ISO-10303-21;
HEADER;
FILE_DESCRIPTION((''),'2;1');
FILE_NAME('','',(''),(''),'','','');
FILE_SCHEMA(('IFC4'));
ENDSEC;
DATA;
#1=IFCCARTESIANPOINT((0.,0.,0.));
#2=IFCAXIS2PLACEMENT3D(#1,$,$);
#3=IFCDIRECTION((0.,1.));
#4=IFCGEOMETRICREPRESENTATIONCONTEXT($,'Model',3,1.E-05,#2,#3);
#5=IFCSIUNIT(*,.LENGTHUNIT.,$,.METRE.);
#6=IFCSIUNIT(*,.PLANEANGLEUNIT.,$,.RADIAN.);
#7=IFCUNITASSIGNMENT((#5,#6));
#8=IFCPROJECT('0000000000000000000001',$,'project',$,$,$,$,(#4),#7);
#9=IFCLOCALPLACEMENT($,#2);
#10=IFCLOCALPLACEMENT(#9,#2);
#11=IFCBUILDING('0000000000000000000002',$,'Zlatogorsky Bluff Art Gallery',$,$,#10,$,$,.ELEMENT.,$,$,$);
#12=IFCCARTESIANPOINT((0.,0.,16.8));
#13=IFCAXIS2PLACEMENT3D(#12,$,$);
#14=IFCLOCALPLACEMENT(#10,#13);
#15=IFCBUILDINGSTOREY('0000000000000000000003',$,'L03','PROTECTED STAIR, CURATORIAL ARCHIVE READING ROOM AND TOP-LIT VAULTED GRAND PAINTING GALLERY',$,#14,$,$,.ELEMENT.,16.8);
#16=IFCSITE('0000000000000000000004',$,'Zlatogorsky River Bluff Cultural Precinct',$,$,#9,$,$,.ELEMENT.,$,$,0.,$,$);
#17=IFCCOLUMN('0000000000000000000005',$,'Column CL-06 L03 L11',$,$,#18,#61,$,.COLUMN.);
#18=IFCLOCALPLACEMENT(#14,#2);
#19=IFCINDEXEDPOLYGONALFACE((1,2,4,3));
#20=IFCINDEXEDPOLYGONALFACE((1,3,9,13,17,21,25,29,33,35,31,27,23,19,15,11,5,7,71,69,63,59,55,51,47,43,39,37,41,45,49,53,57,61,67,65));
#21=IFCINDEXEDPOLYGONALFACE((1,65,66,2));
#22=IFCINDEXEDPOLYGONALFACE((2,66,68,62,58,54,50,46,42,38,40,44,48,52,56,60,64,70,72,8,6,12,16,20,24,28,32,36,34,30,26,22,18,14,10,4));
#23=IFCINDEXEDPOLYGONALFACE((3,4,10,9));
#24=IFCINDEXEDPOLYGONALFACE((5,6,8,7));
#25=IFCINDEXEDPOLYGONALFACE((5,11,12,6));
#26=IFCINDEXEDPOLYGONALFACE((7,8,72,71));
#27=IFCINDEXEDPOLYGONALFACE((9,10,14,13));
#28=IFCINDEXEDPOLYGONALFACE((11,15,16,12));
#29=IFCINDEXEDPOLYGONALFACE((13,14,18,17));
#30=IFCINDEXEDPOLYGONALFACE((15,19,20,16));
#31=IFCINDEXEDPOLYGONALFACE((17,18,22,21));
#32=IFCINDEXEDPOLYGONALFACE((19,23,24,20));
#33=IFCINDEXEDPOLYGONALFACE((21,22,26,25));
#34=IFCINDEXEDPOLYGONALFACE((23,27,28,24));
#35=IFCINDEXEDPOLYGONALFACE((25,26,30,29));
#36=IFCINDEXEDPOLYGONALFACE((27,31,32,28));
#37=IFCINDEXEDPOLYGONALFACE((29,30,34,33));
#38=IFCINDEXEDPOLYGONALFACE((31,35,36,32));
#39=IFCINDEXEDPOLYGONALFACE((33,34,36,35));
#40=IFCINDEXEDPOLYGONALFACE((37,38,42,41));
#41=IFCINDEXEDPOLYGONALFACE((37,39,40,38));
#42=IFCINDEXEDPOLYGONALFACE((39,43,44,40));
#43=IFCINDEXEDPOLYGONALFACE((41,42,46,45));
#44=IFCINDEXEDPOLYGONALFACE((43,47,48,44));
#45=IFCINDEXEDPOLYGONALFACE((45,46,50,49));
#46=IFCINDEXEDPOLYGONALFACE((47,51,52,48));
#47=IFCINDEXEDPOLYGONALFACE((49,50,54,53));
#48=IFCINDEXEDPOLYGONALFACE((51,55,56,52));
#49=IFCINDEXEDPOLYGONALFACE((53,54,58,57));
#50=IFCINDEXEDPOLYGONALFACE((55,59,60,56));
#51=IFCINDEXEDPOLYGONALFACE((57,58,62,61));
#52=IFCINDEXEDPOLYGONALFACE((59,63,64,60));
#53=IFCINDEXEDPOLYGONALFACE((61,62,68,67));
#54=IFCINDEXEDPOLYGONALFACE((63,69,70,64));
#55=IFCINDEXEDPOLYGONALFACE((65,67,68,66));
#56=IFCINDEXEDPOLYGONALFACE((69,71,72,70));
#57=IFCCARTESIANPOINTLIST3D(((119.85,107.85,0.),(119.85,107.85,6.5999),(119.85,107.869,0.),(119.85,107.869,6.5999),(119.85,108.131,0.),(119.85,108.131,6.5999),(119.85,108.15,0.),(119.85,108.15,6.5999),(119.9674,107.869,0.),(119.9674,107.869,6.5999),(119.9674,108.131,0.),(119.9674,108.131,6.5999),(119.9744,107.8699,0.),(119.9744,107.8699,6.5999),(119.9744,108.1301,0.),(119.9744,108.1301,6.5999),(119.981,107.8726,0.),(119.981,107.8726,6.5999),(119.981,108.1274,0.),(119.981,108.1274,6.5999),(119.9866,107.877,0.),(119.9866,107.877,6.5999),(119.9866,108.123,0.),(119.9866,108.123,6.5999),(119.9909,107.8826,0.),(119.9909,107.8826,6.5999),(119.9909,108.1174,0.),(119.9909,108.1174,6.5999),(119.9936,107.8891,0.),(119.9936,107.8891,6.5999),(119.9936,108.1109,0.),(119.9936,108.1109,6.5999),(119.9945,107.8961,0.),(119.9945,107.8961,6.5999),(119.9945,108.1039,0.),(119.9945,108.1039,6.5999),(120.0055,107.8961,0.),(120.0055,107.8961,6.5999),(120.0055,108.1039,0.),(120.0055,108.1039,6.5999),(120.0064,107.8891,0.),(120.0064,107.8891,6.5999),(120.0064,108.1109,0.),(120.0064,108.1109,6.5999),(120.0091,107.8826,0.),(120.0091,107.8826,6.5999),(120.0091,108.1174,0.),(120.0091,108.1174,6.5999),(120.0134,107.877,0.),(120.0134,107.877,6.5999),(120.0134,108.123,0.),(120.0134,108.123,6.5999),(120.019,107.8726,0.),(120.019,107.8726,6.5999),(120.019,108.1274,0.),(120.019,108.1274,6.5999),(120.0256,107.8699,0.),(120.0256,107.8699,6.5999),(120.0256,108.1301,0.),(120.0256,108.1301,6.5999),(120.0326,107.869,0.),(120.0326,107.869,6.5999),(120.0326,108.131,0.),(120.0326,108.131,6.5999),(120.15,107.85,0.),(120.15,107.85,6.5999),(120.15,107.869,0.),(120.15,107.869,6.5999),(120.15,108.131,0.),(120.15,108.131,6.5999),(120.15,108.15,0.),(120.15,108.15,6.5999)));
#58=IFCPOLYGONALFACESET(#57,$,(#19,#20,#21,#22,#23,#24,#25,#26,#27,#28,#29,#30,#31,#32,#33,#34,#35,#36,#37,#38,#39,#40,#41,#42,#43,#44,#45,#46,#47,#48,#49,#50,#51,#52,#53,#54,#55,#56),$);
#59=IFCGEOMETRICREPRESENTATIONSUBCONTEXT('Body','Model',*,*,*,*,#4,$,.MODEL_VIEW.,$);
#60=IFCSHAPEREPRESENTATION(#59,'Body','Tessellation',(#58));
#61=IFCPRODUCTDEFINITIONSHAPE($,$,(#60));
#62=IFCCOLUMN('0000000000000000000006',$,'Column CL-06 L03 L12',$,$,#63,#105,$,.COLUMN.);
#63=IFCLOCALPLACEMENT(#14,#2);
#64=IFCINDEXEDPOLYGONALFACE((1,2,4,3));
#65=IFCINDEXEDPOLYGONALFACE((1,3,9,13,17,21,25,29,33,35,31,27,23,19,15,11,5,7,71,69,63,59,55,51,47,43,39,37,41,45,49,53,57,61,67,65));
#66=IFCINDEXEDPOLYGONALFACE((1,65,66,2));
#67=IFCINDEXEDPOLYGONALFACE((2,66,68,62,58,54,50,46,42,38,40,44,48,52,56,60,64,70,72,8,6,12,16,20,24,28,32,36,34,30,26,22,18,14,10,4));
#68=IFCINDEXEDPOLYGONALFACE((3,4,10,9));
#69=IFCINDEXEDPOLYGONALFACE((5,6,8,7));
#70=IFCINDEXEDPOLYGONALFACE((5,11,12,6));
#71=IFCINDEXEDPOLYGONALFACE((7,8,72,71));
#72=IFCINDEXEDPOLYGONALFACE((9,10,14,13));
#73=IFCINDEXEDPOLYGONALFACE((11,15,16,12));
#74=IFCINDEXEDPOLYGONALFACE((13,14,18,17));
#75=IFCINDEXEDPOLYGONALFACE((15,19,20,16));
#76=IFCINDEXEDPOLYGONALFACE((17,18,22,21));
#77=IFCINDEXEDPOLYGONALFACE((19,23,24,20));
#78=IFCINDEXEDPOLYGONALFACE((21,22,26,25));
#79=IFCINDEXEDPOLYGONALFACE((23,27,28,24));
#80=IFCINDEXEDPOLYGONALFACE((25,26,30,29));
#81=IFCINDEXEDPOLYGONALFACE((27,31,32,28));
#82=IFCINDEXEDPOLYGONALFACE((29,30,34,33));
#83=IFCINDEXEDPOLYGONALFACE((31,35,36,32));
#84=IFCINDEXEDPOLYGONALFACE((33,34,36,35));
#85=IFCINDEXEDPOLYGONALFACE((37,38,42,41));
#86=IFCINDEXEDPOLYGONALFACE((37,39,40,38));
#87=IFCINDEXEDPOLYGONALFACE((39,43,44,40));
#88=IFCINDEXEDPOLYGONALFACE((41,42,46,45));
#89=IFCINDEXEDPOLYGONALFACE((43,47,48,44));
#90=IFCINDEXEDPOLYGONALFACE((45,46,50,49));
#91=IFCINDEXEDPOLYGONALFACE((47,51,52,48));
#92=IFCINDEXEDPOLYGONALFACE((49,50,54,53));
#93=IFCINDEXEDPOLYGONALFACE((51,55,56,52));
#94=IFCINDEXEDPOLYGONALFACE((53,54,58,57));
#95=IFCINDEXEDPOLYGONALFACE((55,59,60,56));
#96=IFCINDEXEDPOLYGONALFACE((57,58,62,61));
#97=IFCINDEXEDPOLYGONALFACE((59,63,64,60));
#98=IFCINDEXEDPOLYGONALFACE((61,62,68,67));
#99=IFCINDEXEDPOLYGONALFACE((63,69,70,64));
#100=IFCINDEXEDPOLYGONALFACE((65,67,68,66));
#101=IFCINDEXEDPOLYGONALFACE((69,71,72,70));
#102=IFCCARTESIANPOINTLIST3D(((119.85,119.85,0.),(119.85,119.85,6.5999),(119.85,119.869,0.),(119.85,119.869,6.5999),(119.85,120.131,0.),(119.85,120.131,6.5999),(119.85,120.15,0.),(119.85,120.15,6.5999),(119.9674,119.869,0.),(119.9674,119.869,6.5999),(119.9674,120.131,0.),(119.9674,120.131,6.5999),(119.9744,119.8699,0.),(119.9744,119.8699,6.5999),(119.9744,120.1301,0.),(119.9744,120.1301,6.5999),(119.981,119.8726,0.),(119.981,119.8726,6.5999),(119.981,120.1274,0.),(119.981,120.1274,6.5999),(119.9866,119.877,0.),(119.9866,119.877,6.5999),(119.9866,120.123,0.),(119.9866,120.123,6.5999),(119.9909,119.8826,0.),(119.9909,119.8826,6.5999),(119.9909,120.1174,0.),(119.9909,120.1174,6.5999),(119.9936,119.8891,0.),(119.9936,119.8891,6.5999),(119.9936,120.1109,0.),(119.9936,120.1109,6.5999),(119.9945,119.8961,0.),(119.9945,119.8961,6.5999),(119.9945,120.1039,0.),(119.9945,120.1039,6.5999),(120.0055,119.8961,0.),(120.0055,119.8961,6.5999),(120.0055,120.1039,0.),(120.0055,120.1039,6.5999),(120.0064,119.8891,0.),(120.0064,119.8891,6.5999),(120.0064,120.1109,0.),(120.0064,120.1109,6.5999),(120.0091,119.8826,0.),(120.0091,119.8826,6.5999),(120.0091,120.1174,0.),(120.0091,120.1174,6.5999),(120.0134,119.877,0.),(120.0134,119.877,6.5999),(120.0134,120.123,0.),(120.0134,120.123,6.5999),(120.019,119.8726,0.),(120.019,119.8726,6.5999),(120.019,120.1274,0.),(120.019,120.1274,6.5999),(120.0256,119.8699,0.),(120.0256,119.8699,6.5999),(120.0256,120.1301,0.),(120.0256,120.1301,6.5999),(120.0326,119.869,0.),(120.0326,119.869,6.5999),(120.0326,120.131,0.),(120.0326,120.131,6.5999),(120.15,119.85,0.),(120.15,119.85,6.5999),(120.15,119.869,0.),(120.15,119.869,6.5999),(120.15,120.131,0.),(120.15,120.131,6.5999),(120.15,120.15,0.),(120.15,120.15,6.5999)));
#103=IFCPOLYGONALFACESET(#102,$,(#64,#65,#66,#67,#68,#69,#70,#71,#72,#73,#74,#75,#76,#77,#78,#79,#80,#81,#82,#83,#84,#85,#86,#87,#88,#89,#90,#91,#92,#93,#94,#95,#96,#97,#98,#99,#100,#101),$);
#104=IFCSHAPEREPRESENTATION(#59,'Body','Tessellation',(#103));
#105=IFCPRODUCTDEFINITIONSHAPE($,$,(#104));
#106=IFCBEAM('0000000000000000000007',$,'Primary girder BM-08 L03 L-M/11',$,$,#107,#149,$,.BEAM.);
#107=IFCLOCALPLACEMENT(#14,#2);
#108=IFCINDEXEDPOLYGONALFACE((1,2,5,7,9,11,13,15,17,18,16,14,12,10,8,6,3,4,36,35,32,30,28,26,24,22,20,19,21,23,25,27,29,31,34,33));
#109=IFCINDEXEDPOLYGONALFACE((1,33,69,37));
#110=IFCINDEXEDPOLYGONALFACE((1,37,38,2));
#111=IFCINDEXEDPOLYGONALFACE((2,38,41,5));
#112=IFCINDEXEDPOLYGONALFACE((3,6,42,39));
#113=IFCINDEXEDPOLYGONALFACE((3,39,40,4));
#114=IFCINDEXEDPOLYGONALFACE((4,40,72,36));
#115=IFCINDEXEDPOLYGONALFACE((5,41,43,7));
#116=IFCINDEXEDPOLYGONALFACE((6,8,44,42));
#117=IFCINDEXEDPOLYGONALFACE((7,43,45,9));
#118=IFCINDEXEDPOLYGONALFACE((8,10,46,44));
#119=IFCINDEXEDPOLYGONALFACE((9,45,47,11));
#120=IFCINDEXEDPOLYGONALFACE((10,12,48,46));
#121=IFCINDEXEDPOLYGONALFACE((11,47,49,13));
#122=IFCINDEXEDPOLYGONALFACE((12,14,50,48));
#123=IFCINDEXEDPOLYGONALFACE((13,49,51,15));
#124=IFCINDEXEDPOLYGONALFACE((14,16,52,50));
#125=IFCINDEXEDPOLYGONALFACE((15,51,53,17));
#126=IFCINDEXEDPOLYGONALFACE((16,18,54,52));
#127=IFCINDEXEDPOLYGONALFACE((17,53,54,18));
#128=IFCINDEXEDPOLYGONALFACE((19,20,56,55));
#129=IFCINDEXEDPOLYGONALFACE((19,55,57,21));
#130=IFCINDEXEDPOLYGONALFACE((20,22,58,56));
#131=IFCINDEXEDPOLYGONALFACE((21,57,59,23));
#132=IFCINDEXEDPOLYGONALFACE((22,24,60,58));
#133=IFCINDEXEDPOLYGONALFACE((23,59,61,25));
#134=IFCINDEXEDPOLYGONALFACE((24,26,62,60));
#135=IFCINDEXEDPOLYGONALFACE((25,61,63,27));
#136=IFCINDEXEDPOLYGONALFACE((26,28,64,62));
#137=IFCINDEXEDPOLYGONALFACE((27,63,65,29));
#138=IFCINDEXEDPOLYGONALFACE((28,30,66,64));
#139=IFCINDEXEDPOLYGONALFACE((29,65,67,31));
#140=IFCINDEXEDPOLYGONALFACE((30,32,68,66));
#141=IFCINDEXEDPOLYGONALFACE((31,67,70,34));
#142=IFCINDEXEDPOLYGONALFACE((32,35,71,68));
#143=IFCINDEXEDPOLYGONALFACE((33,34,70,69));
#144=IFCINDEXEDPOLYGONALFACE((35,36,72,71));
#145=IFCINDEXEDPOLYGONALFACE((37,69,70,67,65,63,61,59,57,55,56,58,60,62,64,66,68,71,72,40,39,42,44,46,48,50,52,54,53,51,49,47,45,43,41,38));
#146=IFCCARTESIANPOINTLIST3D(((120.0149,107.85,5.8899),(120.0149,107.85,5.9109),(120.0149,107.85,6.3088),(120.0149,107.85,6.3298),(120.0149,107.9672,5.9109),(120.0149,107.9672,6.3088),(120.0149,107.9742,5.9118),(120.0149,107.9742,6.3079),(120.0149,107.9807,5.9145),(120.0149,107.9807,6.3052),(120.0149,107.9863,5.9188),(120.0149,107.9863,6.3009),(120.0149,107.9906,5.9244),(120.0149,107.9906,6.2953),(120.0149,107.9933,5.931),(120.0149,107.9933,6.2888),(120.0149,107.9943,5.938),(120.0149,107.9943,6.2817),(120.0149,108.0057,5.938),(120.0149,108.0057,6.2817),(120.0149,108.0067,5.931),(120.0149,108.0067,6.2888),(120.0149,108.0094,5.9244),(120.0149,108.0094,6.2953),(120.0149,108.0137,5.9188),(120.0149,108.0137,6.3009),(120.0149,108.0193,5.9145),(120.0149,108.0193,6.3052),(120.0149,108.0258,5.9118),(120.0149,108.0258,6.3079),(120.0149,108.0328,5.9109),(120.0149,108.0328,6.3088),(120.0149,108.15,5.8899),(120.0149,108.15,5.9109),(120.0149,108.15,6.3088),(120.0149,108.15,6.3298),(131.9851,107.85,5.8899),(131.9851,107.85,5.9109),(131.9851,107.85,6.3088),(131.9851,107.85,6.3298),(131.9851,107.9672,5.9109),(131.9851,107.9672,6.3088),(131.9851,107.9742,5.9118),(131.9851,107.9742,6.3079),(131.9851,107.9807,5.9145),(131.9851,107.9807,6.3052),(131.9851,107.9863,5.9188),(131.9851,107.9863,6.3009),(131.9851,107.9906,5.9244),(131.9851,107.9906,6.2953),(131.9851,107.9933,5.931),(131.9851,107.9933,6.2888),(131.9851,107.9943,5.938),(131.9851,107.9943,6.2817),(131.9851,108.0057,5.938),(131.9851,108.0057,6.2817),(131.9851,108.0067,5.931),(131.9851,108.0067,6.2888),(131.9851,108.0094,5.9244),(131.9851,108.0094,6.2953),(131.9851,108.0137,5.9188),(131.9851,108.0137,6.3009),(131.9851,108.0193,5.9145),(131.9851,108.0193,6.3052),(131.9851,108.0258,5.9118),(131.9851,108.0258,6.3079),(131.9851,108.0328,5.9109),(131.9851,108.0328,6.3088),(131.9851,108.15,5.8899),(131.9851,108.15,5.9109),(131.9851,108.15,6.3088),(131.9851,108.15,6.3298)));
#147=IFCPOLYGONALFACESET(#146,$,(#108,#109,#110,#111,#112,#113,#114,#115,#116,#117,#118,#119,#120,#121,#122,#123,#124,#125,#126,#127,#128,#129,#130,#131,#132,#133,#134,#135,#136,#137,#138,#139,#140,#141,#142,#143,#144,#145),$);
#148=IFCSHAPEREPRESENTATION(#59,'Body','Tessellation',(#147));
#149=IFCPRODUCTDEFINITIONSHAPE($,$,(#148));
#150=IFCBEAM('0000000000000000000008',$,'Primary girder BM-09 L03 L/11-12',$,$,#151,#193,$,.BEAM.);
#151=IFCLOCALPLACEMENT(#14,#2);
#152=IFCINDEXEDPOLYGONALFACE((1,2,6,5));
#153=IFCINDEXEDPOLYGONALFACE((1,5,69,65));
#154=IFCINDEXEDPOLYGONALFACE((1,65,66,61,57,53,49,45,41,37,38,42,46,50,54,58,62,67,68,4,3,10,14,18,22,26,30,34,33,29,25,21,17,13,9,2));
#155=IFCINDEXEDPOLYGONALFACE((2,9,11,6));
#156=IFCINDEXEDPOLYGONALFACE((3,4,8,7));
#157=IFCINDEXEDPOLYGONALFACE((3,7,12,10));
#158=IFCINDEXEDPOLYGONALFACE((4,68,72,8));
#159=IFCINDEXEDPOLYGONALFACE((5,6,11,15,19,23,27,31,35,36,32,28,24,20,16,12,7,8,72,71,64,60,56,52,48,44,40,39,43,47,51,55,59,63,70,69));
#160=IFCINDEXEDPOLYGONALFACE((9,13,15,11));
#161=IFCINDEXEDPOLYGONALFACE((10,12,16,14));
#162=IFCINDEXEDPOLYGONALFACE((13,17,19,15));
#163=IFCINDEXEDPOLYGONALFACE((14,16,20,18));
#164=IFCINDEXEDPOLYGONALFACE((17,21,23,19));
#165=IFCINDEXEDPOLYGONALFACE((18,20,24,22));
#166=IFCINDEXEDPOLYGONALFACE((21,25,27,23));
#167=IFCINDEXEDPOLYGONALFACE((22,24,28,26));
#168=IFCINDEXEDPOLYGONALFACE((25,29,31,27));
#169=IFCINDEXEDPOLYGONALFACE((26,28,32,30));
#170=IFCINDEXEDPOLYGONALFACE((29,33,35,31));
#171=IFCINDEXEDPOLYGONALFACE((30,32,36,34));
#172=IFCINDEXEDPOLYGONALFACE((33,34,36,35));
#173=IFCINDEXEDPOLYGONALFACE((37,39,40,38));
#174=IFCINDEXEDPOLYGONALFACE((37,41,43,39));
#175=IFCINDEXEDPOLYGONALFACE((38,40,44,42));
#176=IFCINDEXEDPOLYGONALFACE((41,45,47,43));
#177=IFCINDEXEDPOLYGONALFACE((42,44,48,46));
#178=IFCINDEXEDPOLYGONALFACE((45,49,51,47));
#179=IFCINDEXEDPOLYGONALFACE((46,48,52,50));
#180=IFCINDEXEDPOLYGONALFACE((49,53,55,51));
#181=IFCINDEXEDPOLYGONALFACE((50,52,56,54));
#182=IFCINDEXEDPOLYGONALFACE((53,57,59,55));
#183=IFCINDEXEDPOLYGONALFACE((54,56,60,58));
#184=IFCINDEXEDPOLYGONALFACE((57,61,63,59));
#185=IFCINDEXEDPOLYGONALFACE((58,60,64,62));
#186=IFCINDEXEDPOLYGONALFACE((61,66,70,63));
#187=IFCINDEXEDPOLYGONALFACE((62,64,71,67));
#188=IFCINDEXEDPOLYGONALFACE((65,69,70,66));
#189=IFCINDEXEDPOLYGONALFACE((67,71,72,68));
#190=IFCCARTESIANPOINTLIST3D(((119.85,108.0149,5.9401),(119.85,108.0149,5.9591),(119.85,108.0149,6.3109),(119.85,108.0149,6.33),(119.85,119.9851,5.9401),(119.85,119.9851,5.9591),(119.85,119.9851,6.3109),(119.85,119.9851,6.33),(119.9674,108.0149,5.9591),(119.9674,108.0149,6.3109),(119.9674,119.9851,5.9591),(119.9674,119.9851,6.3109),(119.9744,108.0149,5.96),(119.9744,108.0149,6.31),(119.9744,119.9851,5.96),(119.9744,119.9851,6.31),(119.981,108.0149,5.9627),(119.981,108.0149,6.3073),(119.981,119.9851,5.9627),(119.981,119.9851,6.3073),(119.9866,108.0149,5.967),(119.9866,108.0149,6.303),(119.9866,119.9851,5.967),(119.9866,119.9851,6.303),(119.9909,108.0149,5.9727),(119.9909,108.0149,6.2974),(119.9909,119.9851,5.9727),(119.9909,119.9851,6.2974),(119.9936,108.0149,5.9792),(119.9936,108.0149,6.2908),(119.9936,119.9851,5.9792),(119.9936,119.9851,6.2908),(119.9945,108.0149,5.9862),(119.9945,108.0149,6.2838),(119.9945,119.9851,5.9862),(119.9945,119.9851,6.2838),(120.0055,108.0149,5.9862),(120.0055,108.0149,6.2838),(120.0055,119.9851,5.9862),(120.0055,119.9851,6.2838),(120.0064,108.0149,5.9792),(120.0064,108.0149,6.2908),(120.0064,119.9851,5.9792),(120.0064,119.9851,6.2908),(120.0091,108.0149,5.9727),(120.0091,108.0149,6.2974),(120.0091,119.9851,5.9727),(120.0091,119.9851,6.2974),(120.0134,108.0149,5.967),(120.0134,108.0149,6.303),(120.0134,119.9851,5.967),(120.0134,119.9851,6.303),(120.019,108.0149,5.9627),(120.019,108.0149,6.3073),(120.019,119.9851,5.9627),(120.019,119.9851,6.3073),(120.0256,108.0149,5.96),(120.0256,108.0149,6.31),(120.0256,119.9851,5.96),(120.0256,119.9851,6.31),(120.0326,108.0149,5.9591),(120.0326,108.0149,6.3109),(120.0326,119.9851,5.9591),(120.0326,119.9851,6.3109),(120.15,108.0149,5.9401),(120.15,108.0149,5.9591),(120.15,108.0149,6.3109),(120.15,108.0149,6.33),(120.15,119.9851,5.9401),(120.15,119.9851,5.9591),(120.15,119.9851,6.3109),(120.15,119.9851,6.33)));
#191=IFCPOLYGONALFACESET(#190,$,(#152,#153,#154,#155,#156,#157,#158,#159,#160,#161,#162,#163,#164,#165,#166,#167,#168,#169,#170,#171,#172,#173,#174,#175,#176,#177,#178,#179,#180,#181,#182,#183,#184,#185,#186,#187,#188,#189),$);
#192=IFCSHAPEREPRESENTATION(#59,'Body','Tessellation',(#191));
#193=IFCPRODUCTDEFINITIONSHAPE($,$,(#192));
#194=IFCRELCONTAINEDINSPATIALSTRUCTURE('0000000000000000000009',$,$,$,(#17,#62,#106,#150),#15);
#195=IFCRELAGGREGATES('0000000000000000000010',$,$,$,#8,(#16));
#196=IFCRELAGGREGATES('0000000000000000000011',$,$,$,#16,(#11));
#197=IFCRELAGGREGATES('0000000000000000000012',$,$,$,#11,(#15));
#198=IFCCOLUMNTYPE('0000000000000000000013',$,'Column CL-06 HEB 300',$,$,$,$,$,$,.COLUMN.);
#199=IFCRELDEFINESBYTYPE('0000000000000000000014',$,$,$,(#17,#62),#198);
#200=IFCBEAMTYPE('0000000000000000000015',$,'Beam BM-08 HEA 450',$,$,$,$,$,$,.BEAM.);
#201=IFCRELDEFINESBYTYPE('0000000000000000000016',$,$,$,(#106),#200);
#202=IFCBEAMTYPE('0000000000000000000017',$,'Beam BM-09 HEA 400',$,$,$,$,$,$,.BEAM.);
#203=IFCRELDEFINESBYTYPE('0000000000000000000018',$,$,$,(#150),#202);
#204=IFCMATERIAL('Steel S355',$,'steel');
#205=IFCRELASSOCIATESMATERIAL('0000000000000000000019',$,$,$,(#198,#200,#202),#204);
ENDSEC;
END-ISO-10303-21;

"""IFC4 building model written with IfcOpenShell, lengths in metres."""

from ifc_helpers import new_model, si_unit, direction, frame, origin, origin_2d, place, context, subcontext, project, spatial, i_section, extrude, material, material_profile, profile_set, type_object, element, save


model = new_model("IFC4")

# Units and contexts
model_context = context("Model", 3, precision=1e-05, world=origin(), true_north=direction((0.0, 1.0)))
body_context = subcontext(model_context, "Body", "Model", "MODEL_VIEW")
ifc_project = project(units=[si_unit("LENGTHUNIT", "METRE"), si_unit("PLANEANGLEUNIT", "RADIAN")], contexts=[model_context])

# Site, building, storey
site_placement = place(None, origin())
site = spatial("IfcSite", under=ifc_project, at=site_placement, Name="Zlatogorsky River Bluff Cultural Precinct", CompositionType="ELEMENT", RefElevation=0.0)
building_placement = place(site_placement, origin())
building = spatial("IfcBuilding", under=site, at=building_placement, Name="Zlatogorsky Bluff Art Gallery", CompositionType="ELEMENT")
storey_placement = place(building_placement, frame((0.0, 0.0, 16.8)))
storey = spatial("IfcBuildingStorey", under=building, at=storey_placement, Name="L03", Description="PROTECTED STAIR, CURATORIAL ARCHIVE READING ROOM AND TOP-LIT VAULTED GRAND PAINTING GALLERY", CompositionType="ELEMENT", Elevation=16.8)

# Columns
ifc_material_1 = material(Name="Steel S355", Category="steel")
ifc_material_profile_1 = material_profile(ifc_material_1, i_section(OverallWidth=0.3, OverallDepth=0.3, WebThickness=0.011, FlangeThickness=0.019, FilletRadius=0.0271, at=origin_2d()), Name="HEB 300")
ifc_profile_set_1 = profile_set([ifc_material_profile_1], Name="Steel S355")
column_type = type_object("IfcColumnType", Name="Column CL-06 HEB 300", PredefinedType="COLUMN", material=ifc_profile_set_1)
for number, where, z_axis, x_axis, name in (
    (1, (120.0, 108.0, 0.0), (0.0, 0.0, 1.0), (1.0, 0.0, 0.0), "Column CL-06 L03 L11"),
    (2, (120.0, 120.0, 0.0), (0.0, 0.0, 1.0), (1.0, 0.0, 0.0), "Column CL-06 L03 L12"),
):
    element("IfcColumn", number, at=place(storey_placement, frame(where, z_axis=z_axis, x_axis=x_axis)), inside=storey, type_object=column_type, Name=name, PredefinedType="COLUMN", context=body_context, shape_type="SweptSolid", body=[
        extrude(i_section(OverallWidth=0.3, OverallDepth=0.3, WebThickness=0.011, FlangeThickness=0.019, FilletRadius=0.0271, at=origin_2d()), origin(), (0.0, 0.0, 1.0), 6.5999),
    ])

# Beams
ifc_material_profile_2 = material_profile(ifc_material_1, i_section(OverallWidth=0.3, OverallDepth=0.4399, WebThickness=0.0115, FlangeThickness=0.021, FilletRadius=0.0271, at=origin_2d()), Name="HEA 450")
ifc_profile_set_2 = profile_set([ifc_material_profile_2], Name="Steel S355")
beam_type_1 = type_object("IfcBeamType", Name="Beam BM-08 HEA 450", PredefinedType="BEAM", material=ifc_profile_set_2)
beam_1_placement = place(storey_placement, frame((120.0149, 108.0, 6.1099), z_axis=(1.0, 0.0, 0.0), x_axis=(0.0, 1.0, 0.0)))
element("IfcBeam", 3, at=beam_1_placement, inside=storey, type_object=beam_type_1, Name="Primary girder BM-08 L03 L-M/11", PredefinedType="BEAM", context=body_context, shape_type="SweptSolid", body=[
    extrude(i_section(OverallWidth=0.3, OverallDepth=0.4399, WebThickness=0.0115, FlangeThickness=0.021, FilletRadius=0.0271, at=origin_2d()), origin(), (0.0, 0.0, 1.0), 11.9702),
])
ifc_material_profile_3 = material_profile(ifc_material_1, i_section(OverallWidth=0.3, OverallDepth=0.3899, WebThickness=0.011, FlangeThickness=0.019, FilletRadius=0.0271, at=origin_2d()), Name="HEA 400")
ifc_profile_set_3 = profile_set([ifc_material_profile_3], Name="Steel S355")
beam_type_2 = type_object("IfcBeamType", Name="Beam BM-09 HEA 400", PredefinedType="BEAM", material=ifc_profile_set_3)
beam_2_placement = place(storey_placement, frame((120.0, 108.0149, 6.135), z_axis=(0.0, 1.0, 0.0), x_axis=(-1.0, 0.0, 0.0)))
element("IfcBeam", 4, at=beam_2_placement, inside=storey, type_object=beam_type_2, Name="Primary girder BM-09 L03 L/11-12", PredefinedType="BEAM", context=body_context, shape_type="SweptSolid", body=[
    extrude(i_section(OverallWidth=0.3, OverallDepth=0.3899, WebThickness=0.011, FlangeThickness=0.019, FilletRadius=0.0271, at=origin_2d()), origin(), (0.0, 0.0, 1.0), 11.9702),
])

save(model, "model.ifc")
